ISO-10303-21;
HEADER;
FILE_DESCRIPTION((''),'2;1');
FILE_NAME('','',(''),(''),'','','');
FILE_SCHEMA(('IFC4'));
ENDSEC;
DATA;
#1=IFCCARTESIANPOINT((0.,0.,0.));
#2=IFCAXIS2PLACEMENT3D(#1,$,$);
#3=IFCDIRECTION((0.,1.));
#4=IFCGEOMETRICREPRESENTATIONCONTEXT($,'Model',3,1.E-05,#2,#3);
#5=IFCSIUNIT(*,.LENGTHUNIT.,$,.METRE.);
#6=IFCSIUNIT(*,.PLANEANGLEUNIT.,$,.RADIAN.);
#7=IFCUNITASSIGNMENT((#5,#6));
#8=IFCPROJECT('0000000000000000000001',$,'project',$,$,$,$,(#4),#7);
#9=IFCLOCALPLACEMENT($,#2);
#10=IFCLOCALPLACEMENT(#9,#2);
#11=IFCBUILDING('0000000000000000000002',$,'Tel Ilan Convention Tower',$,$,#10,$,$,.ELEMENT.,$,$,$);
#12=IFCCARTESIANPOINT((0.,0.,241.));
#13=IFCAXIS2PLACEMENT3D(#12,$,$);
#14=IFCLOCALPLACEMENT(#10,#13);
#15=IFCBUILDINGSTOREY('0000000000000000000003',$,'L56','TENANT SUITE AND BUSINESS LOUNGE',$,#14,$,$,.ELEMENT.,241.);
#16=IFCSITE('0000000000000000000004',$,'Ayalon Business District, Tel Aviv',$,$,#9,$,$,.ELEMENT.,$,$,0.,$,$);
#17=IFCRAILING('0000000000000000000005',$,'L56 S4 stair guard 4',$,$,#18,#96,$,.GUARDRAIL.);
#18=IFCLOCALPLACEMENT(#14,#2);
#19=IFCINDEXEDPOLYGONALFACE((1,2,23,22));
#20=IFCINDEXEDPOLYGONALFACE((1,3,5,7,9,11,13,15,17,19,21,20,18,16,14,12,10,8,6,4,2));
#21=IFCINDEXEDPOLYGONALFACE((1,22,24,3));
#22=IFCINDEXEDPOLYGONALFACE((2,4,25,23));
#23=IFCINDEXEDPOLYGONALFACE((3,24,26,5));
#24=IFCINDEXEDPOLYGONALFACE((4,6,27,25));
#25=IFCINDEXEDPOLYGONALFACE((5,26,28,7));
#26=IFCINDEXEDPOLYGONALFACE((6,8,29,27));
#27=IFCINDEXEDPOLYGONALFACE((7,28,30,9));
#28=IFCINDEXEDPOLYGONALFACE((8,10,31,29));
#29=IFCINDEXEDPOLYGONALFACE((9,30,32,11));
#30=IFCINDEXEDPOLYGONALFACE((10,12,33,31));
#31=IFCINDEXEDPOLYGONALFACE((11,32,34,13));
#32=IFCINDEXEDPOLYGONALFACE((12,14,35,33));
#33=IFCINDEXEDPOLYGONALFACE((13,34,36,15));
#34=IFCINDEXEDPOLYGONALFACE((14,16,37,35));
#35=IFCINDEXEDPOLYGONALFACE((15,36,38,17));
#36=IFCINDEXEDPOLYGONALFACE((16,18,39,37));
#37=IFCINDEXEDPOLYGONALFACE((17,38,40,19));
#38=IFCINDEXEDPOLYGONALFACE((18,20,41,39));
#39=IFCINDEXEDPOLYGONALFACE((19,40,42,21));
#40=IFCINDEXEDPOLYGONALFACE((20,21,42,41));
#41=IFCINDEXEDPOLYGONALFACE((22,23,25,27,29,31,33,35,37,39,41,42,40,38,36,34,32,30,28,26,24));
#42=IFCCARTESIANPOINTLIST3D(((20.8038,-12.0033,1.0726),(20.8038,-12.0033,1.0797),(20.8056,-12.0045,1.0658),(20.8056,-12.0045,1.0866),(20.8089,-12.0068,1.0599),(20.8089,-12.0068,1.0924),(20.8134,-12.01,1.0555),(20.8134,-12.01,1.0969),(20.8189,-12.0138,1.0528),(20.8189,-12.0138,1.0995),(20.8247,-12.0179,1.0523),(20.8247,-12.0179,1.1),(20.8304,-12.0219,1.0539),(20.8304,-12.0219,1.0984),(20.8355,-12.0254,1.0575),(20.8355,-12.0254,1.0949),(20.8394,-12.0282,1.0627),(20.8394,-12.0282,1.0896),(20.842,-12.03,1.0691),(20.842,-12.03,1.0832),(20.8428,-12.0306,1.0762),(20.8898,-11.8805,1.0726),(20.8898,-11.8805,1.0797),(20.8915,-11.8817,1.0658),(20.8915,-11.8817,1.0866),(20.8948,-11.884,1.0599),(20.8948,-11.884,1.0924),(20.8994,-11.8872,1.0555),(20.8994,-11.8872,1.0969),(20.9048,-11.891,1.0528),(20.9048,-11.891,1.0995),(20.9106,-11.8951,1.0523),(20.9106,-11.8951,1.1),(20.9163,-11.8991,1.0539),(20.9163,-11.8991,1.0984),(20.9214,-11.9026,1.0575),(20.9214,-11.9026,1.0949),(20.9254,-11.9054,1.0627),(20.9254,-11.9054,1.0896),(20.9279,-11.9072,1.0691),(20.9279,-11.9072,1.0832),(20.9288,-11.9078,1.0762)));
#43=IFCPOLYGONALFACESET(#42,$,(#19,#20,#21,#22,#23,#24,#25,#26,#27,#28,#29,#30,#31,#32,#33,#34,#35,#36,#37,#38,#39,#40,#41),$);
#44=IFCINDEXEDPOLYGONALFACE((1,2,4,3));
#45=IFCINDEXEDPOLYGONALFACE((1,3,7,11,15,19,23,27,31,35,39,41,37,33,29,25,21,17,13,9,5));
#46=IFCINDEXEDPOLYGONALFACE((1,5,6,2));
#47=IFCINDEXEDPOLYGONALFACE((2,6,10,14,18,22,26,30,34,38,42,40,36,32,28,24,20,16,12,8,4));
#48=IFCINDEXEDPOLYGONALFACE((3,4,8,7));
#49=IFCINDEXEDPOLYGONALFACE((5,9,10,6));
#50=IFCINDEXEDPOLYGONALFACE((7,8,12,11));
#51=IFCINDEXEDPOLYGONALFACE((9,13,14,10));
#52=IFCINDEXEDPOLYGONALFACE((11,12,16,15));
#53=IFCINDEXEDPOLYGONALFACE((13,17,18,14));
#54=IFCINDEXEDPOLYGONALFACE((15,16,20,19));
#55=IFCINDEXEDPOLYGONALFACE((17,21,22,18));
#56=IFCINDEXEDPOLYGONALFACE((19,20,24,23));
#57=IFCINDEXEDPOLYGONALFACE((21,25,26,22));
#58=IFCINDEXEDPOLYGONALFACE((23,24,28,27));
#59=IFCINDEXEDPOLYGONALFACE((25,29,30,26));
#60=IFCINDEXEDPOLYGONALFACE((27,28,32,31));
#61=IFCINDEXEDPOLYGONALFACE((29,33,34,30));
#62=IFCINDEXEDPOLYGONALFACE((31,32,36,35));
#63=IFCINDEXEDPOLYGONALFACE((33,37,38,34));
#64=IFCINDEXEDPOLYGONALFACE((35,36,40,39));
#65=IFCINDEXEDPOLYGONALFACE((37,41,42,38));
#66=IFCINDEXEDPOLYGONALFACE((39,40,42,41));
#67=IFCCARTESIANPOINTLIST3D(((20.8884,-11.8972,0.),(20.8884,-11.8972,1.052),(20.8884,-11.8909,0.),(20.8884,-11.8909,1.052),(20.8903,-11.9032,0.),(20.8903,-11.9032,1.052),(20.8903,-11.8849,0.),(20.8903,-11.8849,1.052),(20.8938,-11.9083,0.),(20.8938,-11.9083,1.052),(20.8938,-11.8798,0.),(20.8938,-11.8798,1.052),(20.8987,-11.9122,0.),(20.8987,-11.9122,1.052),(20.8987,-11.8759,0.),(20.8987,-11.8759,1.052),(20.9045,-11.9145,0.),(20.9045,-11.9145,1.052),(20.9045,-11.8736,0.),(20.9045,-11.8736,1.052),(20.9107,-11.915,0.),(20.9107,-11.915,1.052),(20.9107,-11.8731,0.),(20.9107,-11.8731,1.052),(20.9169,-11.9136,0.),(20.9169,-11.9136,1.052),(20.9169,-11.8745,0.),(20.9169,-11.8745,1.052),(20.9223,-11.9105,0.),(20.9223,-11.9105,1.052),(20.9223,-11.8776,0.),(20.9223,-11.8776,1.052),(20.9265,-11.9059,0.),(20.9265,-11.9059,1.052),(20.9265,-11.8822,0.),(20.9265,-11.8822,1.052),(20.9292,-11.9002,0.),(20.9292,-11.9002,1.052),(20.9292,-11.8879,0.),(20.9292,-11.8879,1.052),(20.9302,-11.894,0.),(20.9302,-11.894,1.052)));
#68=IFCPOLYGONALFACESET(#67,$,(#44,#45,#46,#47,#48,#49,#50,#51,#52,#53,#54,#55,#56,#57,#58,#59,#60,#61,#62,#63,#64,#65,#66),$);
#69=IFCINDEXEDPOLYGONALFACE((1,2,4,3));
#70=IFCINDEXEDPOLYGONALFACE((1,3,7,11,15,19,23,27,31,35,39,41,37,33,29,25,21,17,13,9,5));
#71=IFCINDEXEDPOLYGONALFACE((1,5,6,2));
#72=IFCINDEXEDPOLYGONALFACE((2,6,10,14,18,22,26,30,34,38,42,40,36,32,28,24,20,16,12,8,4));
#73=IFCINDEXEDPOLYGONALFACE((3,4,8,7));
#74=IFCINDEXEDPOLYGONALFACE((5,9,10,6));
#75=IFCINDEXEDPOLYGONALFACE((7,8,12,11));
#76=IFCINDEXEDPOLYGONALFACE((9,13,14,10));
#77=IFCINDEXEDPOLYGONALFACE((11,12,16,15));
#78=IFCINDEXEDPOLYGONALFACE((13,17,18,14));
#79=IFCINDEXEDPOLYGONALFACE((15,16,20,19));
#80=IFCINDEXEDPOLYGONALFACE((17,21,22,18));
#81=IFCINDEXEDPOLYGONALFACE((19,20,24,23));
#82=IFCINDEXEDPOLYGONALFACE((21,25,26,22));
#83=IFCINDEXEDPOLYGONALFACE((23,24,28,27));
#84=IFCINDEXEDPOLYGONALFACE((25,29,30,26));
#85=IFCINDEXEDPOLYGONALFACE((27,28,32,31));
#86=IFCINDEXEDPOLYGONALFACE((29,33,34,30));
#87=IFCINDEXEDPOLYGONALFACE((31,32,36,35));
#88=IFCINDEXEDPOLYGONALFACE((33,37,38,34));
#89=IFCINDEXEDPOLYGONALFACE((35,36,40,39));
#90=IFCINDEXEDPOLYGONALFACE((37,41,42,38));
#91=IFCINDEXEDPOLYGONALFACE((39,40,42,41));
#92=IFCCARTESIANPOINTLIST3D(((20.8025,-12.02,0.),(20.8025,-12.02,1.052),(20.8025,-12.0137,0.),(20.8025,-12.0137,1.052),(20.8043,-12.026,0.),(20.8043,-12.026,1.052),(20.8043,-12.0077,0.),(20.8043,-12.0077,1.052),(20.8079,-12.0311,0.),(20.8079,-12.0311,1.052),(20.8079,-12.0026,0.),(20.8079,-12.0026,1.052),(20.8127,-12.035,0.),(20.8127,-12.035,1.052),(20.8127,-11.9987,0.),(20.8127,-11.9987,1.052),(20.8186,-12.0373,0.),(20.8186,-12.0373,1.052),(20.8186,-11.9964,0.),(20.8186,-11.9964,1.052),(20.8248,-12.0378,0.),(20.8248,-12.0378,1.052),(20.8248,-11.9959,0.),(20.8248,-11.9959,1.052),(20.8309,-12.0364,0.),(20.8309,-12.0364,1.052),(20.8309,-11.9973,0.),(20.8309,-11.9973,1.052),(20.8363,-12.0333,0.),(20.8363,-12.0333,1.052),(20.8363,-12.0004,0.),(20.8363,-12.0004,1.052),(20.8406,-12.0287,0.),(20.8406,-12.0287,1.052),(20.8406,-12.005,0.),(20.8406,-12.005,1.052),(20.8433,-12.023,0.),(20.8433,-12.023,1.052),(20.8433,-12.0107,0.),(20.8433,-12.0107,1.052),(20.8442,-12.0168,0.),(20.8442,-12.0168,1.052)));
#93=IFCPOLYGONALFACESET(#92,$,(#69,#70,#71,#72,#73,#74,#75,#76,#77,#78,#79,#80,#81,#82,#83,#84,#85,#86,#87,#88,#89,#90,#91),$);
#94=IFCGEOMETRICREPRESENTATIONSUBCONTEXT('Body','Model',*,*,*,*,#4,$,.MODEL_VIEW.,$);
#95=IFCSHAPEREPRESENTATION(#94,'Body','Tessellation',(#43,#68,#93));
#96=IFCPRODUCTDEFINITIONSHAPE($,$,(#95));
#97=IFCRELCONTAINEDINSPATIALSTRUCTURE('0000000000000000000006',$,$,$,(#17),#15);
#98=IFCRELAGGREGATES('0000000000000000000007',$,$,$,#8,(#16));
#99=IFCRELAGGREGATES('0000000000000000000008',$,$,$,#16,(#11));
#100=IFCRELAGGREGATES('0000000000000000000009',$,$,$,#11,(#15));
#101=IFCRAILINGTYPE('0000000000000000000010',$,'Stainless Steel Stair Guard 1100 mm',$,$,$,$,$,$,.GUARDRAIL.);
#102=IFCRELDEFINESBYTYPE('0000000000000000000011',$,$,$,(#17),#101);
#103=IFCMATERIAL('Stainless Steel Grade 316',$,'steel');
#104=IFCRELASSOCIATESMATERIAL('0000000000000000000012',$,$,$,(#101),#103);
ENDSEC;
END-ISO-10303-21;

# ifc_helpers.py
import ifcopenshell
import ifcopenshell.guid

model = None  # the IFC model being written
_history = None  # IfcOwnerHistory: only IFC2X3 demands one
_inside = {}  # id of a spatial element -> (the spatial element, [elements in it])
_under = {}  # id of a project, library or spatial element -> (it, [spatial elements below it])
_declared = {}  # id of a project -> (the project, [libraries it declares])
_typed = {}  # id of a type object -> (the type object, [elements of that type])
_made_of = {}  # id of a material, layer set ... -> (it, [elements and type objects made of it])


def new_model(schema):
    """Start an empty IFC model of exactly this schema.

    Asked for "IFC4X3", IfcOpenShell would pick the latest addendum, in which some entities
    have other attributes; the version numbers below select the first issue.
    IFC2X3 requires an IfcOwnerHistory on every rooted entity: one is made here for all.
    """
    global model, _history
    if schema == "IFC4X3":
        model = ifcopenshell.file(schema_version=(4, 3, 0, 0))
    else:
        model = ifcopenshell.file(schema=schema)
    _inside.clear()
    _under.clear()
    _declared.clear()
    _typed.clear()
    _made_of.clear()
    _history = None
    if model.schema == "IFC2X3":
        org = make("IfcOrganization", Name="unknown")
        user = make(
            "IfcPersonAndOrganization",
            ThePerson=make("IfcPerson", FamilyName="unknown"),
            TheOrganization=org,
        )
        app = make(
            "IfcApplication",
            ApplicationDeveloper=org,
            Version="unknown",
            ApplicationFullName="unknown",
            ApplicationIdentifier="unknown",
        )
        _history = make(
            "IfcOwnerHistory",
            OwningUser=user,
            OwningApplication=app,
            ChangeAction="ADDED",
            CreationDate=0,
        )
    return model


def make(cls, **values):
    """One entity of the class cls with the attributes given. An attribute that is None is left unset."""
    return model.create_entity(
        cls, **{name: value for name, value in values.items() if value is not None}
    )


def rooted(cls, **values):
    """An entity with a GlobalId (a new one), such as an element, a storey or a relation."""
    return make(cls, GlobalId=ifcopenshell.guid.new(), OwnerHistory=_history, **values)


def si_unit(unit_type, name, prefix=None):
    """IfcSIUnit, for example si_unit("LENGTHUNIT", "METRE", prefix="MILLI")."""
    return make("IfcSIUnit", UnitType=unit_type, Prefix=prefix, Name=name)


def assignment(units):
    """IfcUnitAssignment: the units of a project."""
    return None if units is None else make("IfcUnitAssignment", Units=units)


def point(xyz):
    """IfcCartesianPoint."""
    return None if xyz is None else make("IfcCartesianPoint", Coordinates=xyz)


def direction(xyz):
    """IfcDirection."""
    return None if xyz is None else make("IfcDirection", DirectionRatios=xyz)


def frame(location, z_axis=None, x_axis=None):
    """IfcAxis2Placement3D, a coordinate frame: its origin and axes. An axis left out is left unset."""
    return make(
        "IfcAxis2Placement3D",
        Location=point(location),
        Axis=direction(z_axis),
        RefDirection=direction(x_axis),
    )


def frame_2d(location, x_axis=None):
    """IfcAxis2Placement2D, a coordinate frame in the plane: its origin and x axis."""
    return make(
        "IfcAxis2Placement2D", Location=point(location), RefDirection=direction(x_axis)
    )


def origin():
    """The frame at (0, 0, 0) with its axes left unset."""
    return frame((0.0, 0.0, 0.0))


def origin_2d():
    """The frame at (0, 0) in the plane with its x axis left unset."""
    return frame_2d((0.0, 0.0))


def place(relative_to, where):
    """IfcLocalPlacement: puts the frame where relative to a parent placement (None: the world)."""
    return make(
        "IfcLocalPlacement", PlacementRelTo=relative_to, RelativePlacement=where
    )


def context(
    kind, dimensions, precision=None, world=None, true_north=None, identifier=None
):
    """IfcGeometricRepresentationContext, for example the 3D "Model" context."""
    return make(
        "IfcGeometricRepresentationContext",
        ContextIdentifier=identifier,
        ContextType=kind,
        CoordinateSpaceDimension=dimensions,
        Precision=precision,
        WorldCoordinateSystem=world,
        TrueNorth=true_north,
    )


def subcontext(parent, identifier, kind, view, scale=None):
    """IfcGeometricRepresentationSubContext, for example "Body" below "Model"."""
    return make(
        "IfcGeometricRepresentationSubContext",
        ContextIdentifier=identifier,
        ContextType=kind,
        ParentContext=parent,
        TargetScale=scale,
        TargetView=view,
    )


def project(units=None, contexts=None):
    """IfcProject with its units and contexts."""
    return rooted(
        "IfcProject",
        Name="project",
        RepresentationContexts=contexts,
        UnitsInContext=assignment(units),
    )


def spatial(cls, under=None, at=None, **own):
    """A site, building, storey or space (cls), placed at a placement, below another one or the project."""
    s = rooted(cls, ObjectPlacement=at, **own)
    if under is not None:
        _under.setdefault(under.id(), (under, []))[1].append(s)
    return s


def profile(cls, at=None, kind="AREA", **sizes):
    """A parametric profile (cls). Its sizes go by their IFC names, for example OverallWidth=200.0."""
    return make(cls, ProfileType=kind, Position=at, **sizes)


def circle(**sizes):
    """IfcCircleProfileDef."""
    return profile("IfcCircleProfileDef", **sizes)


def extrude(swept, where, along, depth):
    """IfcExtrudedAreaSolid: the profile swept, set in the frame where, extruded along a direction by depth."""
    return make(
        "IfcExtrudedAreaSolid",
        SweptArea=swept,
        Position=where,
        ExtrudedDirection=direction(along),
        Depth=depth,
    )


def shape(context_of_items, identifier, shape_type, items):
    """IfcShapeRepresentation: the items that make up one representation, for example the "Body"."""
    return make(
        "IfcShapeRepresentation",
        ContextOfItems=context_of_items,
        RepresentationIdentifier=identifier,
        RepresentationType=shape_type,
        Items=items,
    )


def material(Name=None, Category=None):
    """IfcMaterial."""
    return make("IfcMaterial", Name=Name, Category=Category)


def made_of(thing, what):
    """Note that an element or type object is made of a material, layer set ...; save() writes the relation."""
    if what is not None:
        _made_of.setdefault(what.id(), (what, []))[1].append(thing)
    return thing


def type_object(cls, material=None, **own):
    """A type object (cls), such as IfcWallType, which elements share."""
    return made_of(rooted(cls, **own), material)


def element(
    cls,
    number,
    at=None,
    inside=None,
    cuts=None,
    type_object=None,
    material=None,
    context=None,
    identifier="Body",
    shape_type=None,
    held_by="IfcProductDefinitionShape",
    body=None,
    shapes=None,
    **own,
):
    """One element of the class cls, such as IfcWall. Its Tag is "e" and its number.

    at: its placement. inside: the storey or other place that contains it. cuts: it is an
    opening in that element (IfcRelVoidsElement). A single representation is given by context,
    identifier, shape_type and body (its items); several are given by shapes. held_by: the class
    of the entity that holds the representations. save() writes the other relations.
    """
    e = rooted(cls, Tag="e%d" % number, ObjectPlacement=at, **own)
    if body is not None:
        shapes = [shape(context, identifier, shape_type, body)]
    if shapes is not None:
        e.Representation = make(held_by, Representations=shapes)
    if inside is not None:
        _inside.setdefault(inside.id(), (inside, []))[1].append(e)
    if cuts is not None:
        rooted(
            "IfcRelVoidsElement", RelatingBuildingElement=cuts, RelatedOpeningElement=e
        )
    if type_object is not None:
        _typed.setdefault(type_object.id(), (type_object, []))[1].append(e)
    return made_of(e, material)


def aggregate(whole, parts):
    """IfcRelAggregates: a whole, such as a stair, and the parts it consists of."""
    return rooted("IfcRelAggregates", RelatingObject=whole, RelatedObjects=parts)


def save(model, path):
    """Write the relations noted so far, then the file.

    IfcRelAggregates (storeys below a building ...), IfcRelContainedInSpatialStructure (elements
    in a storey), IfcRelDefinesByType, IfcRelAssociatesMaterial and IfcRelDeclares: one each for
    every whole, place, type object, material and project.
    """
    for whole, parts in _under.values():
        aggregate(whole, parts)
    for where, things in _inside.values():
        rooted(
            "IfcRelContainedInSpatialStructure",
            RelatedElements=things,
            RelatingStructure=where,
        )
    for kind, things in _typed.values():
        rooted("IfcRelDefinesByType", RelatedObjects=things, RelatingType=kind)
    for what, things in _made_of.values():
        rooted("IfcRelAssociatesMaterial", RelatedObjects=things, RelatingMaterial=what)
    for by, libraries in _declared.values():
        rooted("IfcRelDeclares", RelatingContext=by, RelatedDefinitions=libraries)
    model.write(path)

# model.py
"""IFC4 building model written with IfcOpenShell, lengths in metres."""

from ifc_helpers import new_model, si_unit, direction, frame, origin, origin_2d, place, context, subcontext, project, spatial, circle, extrude, material, type_object, element, save


model = new_model("IFC4")

# Units and contexts
model_context = context("Model", 3, precision=1e-05, world=origin(), true_north=direction((0.0, 1.0)))
body_context = subcontext(model_context, "Body", "Model", "MODEL_VIEW")
ifc_project = project(units=[si_unit("LENGTHUNIT", "METRE"), si_unit("PLANEANGLEUNIT", "RADIAN")], contexts=[model_context])

# Site, building, storey
site_placement = place(None, origin())
site = spatial("IfcSite", under=ifc_project, at=site_placement, Name="Ayalon Business District, Tel Aviv", CompositionType="ELEMENT", RefElevation=0.0)
building_placement = place(site_placement, origin())
building = spatial("IfcBuilding", under=site, at=building_placement, Name="Tel Ilan Convention Tower", CompositionType="ELEMENT")
storey_placement = place(building_placement, frame((0.0, 0.0, 241.0)))
storey = spatial("IfcBuildingStorey", under=building, at=storey_placement, Name="L56", Description="TENANT SUITE AND BUSINESS LOUNGE", CompositionType="ELEMENT", Elevation=241.0)

# Railing
ifc_material_1 = material(Name="Stainless Steel Grade 316", Category="steel")
railing_type_1 = type_object("IfcRailingType", Name="Stainless Steel Stair Guard 1100 mm", PredefinedType="GUARDRAIL", material=ifc_material_1)
railing_1_placement = place(storey_placement, frame((20.9092, -11.894, 0.0)))
element("IfcRailing", 1, at=railing_1_placement, inside=storey, type_object=railing_type_1, Name="L56 S4 stair guard 4", PredefinedType="GUARDRAIL", context=body_context, shape_type="SweptSolid", body=[
    extrude(circle(Radius=0.0239, at=origin_2d()), frame((0.0, 0.0, 1.0762), z_axis=(-0.573353, -0.819308, 0.0), x_axis=(0.819308, -0.573353, 0.0)), (0.0, 0.0, 1.0), 0.1499),
    extrude(circle(Radius=0.021, at=origin_2d()), origin(), (0.0, 0.0, 1.0), 1.052),
    extrude(circle(Radius=0.021, at=origin_2d()), frame((-0.0859, -0.1228, 0.0)), (0.0, 0.0, 1.0), 1.052),
])

save(model, "model.ifc")
